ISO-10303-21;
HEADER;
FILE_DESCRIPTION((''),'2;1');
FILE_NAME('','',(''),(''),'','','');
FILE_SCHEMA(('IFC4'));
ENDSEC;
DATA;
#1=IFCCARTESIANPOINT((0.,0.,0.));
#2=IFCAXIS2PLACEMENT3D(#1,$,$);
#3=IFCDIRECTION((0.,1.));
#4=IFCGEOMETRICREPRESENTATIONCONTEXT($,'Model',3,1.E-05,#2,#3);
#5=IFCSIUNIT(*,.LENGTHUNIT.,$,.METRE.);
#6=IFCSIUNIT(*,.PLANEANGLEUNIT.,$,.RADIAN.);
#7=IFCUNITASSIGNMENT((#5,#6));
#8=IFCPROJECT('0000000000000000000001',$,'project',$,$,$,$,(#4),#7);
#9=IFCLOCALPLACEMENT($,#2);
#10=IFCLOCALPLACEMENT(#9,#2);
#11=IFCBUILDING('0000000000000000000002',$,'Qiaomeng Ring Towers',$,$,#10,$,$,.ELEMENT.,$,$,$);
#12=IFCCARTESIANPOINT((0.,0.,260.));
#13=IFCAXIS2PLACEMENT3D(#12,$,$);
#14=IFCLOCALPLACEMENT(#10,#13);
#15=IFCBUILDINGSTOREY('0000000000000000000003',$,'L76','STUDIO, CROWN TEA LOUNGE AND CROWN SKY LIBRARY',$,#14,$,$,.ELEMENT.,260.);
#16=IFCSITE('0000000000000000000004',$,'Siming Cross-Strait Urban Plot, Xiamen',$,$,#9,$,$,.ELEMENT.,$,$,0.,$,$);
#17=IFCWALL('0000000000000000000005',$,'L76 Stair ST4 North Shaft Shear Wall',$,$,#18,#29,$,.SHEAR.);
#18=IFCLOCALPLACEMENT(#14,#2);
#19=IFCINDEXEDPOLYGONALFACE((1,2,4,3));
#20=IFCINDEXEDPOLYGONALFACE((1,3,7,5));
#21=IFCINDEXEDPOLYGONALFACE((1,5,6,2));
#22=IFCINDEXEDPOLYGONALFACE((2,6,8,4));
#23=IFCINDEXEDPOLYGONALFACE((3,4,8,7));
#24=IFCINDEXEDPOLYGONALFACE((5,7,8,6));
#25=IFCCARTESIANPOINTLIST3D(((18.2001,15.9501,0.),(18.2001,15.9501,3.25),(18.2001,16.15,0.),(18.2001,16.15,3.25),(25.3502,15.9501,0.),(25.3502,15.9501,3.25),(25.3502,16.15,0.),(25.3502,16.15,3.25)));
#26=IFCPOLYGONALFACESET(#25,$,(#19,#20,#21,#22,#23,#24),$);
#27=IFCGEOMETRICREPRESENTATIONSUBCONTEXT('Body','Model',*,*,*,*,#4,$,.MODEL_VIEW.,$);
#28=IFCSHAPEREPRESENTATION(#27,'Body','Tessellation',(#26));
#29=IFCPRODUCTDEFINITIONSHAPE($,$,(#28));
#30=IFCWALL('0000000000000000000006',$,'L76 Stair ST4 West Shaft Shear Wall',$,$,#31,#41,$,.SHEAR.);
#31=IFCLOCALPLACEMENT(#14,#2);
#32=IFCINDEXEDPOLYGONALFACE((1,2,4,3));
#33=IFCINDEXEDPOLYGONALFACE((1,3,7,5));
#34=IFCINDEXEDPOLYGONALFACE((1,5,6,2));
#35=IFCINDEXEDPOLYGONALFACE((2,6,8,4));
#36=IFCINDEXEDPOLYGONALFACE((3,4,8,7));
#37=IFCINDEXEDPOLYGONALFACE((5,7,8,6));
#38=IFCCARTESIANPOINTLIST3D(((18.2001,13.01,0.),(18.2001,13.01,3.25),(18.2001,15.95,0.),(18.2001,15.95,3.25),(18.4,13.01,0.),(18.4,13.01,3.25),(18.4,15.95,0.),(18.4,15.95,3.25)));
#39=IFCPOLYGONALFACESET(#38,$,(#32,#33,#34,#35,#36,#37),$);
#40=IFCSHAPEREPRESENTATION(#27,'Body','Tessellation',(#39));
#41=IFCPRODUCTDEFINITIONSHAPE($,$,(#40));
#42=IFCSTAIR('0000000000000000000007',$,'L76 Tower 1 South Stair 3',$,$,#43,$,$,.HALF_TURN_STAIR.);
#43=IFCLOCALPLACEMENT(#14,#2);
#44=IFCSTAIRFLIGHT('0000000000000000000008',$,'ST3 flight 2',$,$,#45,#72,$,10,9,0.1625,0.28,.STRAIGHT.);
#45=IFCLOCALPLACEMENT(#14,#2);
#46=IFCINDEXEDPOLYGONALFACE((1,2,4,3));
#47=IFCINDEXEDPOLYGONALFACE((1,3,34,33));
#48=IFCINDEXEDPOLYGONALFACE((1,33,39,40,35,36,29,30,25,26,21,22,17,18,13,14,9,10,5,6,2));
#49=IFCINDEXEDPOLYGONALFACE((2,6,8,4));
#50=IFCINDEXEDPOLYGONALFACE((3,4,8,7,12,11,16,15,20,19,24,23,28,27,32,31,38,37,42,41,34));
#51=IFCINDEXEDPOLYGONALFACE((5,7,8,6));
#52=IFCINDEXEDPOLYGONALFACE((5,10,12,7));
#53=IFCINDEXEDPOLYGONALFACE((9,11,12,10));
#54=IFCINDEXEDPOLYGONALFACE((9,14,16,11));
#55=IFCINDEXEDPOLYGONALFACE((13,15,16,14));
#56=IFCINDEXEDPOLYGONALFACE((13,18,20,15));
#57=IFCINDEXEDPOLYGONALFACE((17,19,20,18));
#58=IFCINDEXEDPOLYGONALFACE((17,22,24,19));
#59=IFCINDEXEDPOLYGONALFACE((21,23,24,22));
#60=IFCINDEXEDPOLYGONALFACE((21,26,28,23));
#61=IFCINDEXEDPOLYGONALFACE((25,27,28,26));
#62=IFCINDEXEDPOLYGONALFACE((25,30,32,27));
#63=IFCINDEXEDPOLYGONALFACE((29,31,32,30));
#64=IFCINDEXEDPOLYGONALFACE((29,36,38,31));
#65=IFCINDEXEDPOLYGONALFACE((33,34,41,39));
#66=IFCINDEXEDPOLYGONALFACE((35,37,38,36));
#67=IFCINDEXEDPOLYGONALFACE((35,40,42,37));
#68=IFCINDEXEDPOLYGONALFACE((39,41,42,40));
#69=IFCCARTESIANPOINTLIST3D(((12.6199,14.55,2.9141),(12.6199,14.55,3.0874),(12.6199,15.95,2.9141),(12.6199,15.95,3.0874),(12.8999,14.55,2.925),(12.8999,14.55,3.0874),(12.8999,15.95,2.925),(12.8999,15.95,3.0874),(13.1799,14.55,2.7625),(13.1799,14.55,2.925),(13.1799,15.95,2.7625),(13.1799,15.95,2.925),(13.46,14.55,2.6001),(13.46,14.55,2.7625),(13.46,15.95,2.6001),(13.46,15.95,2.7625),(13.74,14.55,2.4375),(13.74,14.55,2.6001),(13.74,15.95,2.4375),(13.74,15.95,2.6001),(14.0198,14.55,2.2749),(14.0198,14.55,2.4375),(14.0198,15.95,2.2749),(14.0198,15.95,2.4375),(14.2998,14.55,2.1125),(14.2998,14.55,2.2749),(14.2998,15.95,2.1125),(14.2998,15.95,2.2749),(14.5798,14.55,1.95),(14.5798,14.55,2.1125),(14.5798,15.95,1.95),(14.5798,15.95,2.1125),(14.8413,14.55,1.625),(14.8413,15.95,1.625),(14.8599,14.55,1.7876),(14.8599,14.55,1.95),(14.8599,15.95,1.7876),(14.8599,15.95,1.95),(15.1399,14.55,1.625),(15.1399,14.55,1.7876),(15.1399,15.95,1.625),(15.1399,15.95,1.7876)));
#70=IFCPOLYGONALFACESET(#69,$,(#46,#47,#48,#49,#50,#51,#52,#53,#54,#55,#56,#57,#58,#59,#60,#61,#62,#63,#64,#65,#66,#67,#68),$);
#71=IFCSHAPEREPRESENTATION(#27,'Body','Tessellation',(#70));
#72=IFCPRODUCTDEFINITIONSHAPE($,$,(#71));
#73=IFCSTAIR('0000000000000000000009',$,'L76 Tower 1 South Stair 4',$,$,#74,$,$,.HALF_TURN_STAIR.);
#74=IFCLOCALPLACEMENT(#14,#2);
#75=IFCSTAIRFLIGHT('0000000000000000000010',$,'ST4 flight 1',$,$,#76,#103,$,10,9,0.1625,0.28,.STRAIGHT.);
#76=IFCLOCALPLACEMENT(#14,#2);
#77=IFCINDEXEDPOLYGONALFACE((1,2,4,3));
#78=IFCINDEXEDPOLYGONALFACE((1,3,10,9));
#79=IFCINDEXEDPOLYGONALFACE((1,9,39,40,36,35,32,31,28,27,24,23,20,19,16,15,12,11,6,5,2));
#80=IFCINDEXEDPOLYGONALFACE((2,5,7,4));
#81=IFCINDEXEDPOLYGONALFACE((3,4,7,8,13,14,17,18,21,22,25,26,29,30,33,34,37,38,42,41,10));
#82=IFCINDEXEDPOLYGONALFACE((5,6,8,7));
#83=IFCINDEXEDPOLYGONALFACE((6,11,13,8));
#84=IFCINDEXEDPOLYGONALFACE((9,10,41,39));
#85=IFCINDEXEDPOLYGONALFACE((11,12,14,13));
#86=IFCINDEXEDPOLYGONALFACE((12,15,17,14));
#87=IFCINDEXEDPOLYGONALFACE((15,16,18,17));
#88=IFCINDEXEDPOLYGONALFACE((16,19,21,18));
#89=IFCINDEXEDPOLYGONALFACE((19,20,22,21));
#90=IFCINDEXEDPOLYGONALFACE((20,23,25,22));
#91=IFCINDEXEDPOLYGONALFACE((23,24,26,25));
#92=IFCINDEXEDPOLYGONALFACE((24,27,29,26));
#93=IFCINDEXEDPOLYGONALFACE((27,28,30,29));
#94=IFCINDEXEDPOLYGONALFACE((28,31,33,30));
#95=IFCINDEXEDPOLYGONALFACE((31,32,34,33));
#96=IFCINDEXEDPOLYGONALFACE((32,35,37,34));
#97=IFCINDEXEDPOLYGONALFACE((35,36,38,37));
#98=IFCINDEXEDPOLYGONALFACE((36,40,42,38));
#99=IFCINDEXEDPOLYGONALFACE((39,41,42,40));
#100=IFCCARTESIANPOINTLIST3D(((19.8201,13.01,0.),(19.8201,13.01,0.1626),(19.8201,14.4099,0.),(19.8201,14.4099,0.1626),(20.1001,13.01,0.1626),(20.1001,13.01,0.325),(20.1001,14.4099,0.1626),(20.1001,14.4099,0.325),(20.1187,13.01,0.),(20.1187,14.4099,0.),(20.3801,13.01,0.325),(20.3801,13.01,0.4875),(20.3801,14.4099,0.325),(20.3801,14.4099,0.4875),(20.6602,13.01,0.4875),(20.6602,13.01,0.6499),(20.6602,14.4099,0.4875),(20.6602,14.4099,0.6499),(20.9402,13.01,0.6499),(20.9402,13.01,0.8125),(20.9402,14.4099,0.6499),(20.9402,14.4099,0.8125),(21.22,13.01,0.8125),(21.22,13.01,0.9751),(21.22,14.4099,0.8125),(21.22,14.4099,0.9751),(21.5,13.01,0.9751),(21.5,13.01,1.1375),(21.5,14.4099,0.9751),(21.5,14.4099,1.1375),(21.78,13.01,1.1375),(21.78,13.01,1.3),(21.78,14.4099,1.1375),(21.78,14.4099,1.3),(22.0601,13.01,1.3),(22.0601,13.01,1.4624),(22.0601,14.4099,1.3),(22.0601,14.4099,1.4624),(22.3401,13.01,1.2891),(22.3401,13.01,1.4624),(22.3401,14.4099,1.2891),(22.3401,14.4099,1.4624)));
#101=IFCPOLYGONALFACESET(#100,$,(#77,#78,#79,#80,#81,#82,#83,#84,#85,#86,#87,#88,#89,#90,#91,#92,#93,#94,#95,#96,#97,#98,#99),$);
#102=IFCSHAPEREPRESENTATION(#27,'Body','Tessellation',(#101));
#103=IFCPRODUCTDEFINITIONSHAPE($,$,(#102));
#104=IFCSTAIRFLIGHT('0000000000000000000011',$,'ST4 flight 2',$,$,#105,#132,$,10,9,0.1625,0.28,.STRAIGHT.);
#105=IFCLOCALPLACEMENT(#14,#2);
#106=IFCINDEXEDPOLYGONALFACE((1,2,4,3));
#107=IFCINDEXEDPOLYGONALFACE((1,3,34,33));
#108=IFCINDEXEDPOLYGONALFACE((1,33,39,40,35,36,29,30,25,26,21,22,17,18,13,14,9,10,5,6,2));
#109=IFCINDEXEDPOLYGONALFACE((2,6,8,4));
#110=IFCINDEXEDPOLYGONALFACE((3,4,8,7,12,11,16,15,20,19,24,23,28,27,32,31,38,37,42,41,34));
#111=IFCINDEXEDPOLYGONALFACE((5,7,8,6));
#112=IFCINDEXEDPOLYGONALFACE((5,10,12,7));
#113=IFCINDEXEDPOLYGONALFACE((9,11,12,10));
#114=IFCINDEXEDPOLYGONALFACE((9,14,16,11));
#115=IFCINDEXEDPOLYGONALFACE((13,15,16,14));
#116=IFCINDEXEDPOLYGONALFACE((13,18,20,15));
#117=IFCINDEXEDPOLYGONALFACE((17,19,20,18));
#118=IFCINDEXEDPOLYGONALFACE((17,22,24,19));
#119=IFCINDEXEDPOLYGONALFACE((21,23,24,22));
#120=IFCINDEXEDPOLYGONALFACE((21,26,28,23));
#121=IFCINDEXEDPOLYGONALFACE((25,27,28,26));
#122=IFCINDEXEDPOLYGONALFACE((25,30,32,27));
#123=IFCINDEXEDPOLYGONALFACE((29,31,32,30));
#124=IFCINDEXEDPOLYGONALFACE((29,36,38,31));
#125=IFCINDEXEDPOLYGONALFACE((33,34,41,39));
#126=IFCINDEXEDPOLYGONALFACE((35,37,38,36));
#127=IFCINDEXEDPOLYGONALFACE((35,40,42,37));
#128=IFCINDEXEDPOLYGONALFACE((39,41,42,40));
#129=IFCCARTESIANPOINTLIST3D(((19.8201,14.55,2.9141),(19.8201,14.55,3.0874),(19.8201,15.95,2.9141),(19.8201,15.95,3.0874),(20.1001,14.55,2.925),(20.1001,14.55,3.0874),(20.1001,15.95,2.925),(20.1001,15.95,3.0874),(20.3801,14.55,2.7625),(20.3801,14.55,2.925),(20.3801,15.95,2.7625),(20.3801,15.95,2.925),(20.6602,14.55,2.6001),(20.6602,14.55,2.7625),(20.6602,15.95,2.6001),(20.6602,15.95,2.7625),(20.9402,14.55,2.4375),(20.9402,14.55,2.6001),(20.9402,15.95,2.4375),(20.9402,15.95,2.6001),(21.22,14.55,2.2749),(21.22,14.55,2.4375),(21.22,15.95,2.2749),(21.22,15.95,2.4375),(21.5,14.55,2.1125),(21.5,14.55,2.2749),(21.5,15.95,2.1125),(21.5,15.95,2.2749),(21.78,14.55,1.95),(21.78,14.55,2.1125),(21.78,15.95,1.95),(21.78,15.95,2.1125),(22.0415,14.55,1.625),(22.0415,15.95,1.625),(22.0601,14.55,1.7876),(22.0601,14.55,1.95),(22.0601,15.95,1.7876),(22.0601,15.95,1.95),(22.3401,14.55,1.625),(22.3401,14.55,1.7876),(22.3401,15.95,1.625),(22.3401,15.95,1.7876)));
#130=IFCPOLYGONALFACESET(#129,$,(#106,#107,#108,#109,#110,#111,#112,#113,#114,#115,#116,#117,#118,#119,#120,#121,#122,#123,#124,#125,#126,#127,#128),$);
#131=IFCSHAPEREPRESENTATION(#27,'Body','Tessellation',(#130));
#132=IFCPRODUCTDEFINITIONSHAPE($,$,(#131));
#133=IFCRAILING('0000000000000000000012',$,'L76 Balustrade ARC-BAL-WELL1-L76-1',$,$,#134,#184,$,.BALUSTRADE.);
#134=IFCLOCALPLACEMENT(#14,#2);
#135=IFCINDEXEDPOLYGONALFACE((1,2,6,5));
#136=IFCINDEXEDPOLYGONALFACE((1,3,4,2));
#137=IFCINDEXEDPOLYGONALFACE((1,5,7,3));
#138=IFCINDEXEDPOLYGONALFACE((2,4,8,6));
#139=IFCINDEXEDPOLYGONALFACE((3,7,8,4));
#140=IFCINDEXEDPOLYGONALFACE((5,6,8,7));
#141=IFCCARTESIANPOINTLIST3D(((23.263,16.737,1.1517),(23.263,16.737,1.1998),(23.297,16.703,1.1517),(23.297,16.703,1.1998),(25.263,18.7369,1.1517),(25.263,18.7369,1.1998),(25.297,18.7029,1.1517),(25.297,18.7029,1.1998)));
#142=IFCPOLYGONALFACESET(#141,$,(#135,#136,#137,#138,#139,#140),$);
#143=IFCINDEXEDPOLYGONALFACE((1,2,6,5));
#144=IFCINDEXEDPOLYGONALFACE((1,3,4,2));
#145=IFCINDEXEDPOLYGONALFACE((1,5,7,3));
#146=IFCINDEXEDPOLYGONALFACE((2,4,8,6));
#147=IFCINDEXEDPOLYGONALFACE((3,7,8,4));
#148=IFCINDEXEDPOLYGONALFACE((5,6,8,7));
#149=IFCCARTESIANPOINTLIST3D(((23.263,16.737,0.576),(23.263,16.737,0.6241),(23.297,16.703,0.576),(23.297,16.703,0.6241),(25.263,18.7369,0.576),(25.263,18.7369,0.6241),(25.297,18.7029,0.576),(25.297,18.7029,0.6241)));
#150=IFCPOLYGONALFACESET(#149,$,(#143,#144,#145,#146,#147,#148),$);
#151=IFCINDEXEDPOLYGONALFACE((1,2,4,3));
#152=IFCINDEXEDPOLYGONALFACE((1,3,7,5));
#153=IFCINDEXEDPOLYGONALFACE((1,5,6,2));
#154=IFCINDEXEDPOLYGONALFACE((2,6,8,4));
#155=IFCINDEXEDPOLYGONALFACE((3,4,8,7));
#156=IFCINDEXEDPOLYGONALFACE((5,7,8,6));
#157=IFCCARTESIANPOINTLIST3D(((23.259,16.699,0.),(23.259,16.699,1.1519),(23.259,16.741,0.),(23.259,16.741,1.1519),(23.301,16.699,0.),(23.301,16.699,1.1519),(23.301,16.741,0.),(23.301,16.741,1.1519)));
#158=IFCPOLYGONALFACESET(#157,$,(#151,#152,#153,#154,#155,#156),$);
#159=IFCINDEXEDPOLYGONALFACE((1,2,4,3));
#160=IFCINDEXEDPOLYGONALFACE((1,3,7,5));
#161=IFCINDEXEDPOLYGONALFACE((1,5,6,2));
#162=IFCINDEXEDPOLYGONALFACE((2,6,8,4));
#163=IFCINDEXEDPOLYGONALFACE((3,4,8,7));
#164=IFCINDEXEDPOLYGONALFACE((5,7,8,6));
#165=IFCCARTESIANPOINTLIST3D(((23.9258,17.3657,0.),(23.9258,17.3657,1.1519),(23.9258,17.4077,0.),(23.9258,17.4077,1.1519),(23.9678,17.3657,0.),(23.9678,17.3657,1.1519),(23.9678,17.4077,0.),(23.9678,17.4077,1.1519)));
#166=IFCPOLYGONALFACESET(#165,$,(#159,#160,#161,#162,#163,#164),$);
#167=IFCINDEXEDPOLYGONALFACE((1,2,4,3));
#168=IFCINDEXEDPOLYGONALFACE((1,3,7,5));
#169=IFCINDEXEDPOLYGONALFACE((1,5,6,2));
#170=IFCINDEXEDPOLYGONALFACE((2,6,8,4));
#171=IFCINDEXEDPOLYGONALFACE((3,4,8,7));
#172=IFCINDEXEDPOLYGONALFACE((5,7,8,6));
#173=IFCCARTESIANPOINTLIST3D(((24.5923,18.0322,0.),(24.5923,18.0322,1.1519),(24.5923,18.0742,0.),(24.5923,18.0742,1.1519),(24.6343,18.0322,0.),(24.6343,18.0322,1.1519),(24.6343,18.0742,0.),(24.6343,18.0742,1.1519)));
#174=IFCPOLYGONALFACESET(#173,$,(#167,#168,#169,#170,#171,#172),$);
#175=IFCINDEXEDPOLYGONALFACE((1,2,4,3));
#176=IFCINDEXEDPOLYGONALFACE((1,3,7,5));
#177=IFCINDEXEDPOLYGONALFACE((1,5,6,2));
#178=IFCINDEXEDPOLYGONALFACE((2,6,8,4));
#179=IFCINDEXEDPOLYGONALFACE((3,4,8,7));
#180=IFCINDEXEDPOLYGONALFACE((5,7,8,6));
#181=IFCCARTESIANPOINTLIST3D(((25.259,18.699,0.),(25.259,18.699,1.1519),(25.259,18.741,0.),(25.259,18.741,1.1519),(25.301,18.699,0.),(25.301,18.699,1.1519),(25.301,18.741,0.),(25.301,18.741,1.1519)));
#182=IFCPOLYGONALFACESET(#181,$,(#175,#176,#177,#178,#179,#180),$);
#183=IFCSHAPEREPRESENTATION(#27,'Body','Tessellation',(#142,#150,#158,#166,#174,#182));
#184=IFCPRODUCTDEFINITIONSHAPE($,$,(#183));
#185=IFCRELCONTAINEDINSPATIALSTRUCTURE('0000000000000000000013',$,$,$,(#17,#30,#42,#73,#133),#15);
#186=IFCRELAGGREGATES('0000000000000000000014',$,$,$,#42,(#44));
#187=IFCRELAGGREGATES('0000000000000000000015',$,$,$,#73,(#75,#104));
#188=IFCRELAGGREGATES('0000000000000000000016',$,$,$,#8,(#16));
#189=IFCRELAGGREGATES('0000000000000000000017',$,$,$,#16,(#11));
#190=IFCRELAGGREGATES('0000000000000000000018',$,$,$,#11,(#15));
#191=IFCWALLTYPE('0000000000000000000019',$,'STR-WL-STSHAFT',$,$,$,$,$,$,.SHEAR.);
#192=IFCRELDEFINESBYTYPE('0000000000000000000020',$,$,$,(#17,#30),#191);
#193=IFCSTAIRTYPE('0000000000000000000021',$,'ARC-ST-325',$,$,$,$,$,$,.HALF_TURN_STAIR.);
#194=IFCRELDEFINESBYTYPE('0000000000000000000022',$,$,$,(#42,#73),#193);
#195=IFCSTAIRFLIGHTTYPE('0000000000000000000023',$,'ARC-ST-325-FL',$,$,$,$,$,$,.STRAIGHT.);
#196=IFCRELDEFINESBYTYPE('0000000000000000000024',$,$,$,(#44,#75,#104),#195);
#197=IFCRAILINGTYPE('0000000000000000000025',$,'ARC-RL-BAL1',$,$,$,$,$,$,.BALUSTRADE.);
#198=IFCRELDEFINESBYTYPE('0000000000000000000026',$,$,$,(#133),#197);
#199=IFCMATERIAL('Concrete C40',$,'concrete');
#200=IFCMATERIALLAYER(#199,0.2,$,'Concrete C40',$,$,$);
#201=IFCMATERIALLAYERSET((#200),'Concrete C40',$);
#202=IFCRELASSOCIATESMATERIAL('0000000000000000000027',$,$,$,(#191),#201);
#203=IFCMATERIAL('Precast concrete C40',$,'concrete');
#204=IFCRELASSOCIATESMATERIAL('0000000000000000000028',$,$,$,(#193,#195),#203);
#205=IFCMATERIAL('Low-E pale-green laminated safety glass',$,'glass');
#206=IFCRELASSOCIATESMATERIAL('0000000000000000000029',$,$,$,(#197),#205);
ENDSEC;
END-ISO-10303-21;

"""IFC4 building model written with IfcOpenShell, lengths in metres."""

from ifc_helpers import new_model, si_unit, direction, frame, frame_2d, origin, origin_2d, place, context, subcontext, project, spatial, polyline, rectangle, outline, extrude, source, transform, mapped, material, layer, layer_set, type_object, element, aggregate, save


model = new_model("IFC4")

# Units and contexts
model_context = context("Model", 3, precision=1e-05, world=origin(), true_north=direction((0.0, 1.0)))
body_context = subcontext(model_context, "Body", "Model", "MODEL_VIEW")
ifc_project = project(units=[si_unit("LENGTHUNIT", "METRE"), si_unit("PLANEANGLEUNIT", "RADIAN")], contexts=[model_context])

# Site, building, storey
site_placement = place(None, origin())
site = spatial("IfcSite", under=ifc_project, at=site_placement, Name="Siming Cross-Strait Urban Plot, Xiamen", CompositionType="ELEMENT", RefElevation=0.0)
building_placement = place(site_placement, origin())
building = spatial("IfcBuilding", under=site, at=building_placement, Name="Qiaomeng Ring Towers", CompositionType="ELEMENT")
storey_placement = place(building_placement, frame((0.0, 0.0, 260.0)))
storey = spatial("IfcBuildingStorey", under=building, at=storey_placement, Name="L76", Description="STUDIO, CROWN TEA LOUNGE AND CROWN SKY LIBRARY", CompositionType="ELEMENT", Elevation=260.0)

# Shared definitions
ifc_material_1 = material(Name="Concrete C40", Category="concrete")
ifc_layer_1 = layer(ifc_material_1, 0.2, Name="Concrete C40")
ifc_layer_set_1 = layer_set([ifc_layer_1], Name="Concrete C40")
wall_type_1 = type_object("IfcWallType", Name="STR-WL-STSHAFT", PredefinedType="SHEAR", material=ifc_layer_set_1)

# Walls
wall_1_placement = place(storey_placement, frame((18.2, 16.05, 0.0), z_axis=(0.0, 0.0, 1.0), x_axis=(1.0, 0.0, 0.0)))
element("IfcWall", 1, at=wall_1_placement, inside=storey, type_object=wall_type_1, Name="L76 Stair ST4 North Shaft Shear Wall", PredefinedType="SHEAR", context=body_context, shape_type="SweptSolid", body=[
    extrude(rectangle(XDim=7.1501, YDim=0.2, at=frame_2d((3.5752, 0.0))), origin(), (0.0, 0.0, 1.0), 3.25),
])
wall_2_placement = place(storey_placement, frame((18.3, 13.01, 0.0), z_axis=(0.0, 0.0, 1.0), x_axis=(0.0, 1.0, 0.0)))
element("IfcWall", 2, at=wall_2_placement, inside=storey, type_object=wall_type_1, Name="L76 Stair ST4 West Shaft Shear Wall", PredefinedType="SHEAR", context=body_context, shape_type="SweptSolid", body=[
    extrude(rectangle(XDim=2.9399, YDim=0.2, at=frame_2d((1.47, 0.0))), origin(), (0.0, 0.0, 1.0), 3.25),
])

# Stair, stair flight
ifc_material_2 = material(Name="Precast concrete C40", Category="concrete")
stair_type = type_object("IfcStairType", Name="ARC-ST-325", PredefinedType="HALF_TURN_STAIR", material=ifc_material_2)
stair_1_placement = place(storey_placement, origin())
stair_1 = element("IfcStair", 3, at=stair_1_placement, inside=storey, type_object=stair_type, Name="L76 Tower 1 South Stair 3", PredefinedType="HALF_TURN_STAIR")
stair_flight_type = type_object("IfcStairFlightType", Name="ARC-ST-325-FL", PredefinedType="STRAIGHT", material=ifc_material_2)
shared_shape_1 = source(origin(), body_context, "Body", "SweptSolid", [
    extrude(outline(polyline([(0.0, 0.0), (0.0, 0.1626), (0.28, 0.1626), (0.28, 0.325), (0.5601, 0.325), (0.5601, 0.4875), (0.8401, 0.4875), (0.8401, 0.6499), (1.1201, 0.6499), (1.1201, 0.8125), (1.3999, 0.8125), (1.3999, 0.9751), (1.6799, 0.9751), (1.6799, 1.1375), (1.96, 1.1375), (1.96, 1.3), (2.24, 1.3), (2.24, 1.4624), (2.52, 1.4624), (2.52, 1.625), (2.52, 1.2891), (0.2986, 0.0), (0.0, 0.0)])), frame((0.0, 0.7, 0.0), z_axis=(0.0, -1.0, 0.0), x_axis=(1.0, 0.0, 0.0)), (0.0, 0.0, 1.0), 1.3999),
])
stair_flight_1_placement = place(storey_placement, frame((15.1399, 15.25, 1.625), z_axis=(0.0, 0.0, 1.0), x_axis=(-1.0, 0.0, 0.0)))
stair_flight_1 = element("IfcStairFlight", 4, at=stair_flight_1_placement, type_object=stair_flight_type, Name="ST3 flight 2", NumberOfRisers=10, NumberOfTreads=9, PredefinedType="STRAIGHT", RiserHeight=0.1625, TreadLength=0.28, context=body_context, shape_type="MappedRepresentation", body=[
    mapped(shared_shape_1, transform((0.0, 0.0, 0.0), x_axis=(1.0, 0.0, 0.0), y_axis=(0.0, 1.0, 0.0), z_axis=(0.0, 0.0, 1.0), scale=1.0)),
])
aggregate(stair_1, [stair_flight_1])

# Stair, stair flights
stair_2_placement = place(storey_placement, origin())
stair_2 = element("IfcStair", 5, at=stair_2_placement, inside=storey, type_object=stair_type, Name="L76 Tower 1 South Stair 4", PredefinedType="HALF_TURN_STAIR")
stair_flight_2_placement = place(storey_placement, frame((19.8201, 13.71, 0.0), z_axis=(0.0, 0.0, 1.0), x_axis=(1.0, 0.0, 0.0)))
stair_flight_2 = element("IfcStairFlight", 6, at=stair_flight_2_placement, type_object=stair_flight_type, Name="ST4 flight 1", NumberOfRisers=10, NumberOfTreads=9, PredefinedType="STRAIGHT", RiserHeight=0.1625, TreadLength=0.28, context=body_context, shape_type="MappedRepresentation", body=[
    mapped(shared_shape_1, transform((0.0, 0.0, 0.0), x_axis=(1.0, 0.0, 0.0), y_axis=(0.0, 1.0, 0.0), z_axis=(0.0, 0.0, 1.0), scale=1.0)),
])
stair_flight_3_placement = place(storey_placement, frame((22.3401, 15.25, 1.625), z_axis=(0.0, 0.0, 1.0), x_axis=(-1.0, 0.0, 0.0)))
stair_flight_3 = element("IfcStairFlight", 7, at=stair_flight_3_placement, type_object=stair_flight_type, Name="ST4 flight 2", NumberOfRisers=10, NumberOfTreads=9, PredefinedType="STRAIGHT", RiserHeight=0.1625, TreadLength=0.28, context=body_context, shape_type="MappedRepresentation", body=[
    mapped(shared_shape_1, transform((0.0, 0.0, 0.0), x_axis=(1.0, 0.0, 0.0), y_axis=(0.0, 1.0, 0.0), z_axis=(0.0, 0.0, 1.0), scale=1.0)),
])
aggregate(stair_2, [stair_flight_2, stair_flight_3])

# Railing
ifc_material_3 = material(Name="Low-E pale-green laminated safety glass", Category="glass")
railing_type_1 = type_object("IfcRailingType", Name="ARC-RL-BAL1", PredefinedType="BALUSTRADE", material=ifc_material_3)
railing_1_placement = place(storey_placement, frame((23.28, 16.72, 0.0)))
element("IfcRailing", 8, at=railing_1_placement, inside=storey, type_object=railing_type_1, Name="L76 Balustrade ARC-BAL-WELL1-L76-1", PredefinedType="BALUSTRADE", context=body_context, shape_type="SweptSolid", body=[
    extrude(rectangle(XDim=0.0481, YDim=0.0481, at=origin_2d()), frame((0.0, 0.0, 1.1758), z_axis=(0.707107, 0.707107, 0.0), x_axis=(-0.707107, 0.707107, 0.0)), (0.0, 0.0, 1.0), 2.8284),
    extrude(rectangle(XDim=0.0481, YDim=0.0481, at=origin_2d()), frame((0.0, 0.0, 0.6001), z_axis=(0.707107, 0.707107, 0.0), x_axis=(-0.707107, 0.707107, 0.0)), (0.0, 0.0, 1.0), 2.8284),
    extrude(rectangle(XDim=0.042, YDim=0.042, at=origin_2d()), origin(), (0.0, 0.0, 1.0), 1.1519),
    extrude(rectangle(XDim=0.042, YDim=0.042, at=origin_2d()), frame((0.6667, 0.6667, 0.0)), (0.0, 0.0, 1.0), 1.1519),
    extrude(rectangle(XDim=0.042, YDim=0.042, at=origin_2d()), frame((1.3333, 1.3333, 0.0)), (0.0, 0.0, 1.0), 1.1519),
    extrude(rectangle(XDim=0.042, YDim=0.042, at=origin_2d()), frame((2.0, 2.0, 0.0)), (0.0, 0.0, 1.0), 1.1519),
])

save(model, "model.ifc")
